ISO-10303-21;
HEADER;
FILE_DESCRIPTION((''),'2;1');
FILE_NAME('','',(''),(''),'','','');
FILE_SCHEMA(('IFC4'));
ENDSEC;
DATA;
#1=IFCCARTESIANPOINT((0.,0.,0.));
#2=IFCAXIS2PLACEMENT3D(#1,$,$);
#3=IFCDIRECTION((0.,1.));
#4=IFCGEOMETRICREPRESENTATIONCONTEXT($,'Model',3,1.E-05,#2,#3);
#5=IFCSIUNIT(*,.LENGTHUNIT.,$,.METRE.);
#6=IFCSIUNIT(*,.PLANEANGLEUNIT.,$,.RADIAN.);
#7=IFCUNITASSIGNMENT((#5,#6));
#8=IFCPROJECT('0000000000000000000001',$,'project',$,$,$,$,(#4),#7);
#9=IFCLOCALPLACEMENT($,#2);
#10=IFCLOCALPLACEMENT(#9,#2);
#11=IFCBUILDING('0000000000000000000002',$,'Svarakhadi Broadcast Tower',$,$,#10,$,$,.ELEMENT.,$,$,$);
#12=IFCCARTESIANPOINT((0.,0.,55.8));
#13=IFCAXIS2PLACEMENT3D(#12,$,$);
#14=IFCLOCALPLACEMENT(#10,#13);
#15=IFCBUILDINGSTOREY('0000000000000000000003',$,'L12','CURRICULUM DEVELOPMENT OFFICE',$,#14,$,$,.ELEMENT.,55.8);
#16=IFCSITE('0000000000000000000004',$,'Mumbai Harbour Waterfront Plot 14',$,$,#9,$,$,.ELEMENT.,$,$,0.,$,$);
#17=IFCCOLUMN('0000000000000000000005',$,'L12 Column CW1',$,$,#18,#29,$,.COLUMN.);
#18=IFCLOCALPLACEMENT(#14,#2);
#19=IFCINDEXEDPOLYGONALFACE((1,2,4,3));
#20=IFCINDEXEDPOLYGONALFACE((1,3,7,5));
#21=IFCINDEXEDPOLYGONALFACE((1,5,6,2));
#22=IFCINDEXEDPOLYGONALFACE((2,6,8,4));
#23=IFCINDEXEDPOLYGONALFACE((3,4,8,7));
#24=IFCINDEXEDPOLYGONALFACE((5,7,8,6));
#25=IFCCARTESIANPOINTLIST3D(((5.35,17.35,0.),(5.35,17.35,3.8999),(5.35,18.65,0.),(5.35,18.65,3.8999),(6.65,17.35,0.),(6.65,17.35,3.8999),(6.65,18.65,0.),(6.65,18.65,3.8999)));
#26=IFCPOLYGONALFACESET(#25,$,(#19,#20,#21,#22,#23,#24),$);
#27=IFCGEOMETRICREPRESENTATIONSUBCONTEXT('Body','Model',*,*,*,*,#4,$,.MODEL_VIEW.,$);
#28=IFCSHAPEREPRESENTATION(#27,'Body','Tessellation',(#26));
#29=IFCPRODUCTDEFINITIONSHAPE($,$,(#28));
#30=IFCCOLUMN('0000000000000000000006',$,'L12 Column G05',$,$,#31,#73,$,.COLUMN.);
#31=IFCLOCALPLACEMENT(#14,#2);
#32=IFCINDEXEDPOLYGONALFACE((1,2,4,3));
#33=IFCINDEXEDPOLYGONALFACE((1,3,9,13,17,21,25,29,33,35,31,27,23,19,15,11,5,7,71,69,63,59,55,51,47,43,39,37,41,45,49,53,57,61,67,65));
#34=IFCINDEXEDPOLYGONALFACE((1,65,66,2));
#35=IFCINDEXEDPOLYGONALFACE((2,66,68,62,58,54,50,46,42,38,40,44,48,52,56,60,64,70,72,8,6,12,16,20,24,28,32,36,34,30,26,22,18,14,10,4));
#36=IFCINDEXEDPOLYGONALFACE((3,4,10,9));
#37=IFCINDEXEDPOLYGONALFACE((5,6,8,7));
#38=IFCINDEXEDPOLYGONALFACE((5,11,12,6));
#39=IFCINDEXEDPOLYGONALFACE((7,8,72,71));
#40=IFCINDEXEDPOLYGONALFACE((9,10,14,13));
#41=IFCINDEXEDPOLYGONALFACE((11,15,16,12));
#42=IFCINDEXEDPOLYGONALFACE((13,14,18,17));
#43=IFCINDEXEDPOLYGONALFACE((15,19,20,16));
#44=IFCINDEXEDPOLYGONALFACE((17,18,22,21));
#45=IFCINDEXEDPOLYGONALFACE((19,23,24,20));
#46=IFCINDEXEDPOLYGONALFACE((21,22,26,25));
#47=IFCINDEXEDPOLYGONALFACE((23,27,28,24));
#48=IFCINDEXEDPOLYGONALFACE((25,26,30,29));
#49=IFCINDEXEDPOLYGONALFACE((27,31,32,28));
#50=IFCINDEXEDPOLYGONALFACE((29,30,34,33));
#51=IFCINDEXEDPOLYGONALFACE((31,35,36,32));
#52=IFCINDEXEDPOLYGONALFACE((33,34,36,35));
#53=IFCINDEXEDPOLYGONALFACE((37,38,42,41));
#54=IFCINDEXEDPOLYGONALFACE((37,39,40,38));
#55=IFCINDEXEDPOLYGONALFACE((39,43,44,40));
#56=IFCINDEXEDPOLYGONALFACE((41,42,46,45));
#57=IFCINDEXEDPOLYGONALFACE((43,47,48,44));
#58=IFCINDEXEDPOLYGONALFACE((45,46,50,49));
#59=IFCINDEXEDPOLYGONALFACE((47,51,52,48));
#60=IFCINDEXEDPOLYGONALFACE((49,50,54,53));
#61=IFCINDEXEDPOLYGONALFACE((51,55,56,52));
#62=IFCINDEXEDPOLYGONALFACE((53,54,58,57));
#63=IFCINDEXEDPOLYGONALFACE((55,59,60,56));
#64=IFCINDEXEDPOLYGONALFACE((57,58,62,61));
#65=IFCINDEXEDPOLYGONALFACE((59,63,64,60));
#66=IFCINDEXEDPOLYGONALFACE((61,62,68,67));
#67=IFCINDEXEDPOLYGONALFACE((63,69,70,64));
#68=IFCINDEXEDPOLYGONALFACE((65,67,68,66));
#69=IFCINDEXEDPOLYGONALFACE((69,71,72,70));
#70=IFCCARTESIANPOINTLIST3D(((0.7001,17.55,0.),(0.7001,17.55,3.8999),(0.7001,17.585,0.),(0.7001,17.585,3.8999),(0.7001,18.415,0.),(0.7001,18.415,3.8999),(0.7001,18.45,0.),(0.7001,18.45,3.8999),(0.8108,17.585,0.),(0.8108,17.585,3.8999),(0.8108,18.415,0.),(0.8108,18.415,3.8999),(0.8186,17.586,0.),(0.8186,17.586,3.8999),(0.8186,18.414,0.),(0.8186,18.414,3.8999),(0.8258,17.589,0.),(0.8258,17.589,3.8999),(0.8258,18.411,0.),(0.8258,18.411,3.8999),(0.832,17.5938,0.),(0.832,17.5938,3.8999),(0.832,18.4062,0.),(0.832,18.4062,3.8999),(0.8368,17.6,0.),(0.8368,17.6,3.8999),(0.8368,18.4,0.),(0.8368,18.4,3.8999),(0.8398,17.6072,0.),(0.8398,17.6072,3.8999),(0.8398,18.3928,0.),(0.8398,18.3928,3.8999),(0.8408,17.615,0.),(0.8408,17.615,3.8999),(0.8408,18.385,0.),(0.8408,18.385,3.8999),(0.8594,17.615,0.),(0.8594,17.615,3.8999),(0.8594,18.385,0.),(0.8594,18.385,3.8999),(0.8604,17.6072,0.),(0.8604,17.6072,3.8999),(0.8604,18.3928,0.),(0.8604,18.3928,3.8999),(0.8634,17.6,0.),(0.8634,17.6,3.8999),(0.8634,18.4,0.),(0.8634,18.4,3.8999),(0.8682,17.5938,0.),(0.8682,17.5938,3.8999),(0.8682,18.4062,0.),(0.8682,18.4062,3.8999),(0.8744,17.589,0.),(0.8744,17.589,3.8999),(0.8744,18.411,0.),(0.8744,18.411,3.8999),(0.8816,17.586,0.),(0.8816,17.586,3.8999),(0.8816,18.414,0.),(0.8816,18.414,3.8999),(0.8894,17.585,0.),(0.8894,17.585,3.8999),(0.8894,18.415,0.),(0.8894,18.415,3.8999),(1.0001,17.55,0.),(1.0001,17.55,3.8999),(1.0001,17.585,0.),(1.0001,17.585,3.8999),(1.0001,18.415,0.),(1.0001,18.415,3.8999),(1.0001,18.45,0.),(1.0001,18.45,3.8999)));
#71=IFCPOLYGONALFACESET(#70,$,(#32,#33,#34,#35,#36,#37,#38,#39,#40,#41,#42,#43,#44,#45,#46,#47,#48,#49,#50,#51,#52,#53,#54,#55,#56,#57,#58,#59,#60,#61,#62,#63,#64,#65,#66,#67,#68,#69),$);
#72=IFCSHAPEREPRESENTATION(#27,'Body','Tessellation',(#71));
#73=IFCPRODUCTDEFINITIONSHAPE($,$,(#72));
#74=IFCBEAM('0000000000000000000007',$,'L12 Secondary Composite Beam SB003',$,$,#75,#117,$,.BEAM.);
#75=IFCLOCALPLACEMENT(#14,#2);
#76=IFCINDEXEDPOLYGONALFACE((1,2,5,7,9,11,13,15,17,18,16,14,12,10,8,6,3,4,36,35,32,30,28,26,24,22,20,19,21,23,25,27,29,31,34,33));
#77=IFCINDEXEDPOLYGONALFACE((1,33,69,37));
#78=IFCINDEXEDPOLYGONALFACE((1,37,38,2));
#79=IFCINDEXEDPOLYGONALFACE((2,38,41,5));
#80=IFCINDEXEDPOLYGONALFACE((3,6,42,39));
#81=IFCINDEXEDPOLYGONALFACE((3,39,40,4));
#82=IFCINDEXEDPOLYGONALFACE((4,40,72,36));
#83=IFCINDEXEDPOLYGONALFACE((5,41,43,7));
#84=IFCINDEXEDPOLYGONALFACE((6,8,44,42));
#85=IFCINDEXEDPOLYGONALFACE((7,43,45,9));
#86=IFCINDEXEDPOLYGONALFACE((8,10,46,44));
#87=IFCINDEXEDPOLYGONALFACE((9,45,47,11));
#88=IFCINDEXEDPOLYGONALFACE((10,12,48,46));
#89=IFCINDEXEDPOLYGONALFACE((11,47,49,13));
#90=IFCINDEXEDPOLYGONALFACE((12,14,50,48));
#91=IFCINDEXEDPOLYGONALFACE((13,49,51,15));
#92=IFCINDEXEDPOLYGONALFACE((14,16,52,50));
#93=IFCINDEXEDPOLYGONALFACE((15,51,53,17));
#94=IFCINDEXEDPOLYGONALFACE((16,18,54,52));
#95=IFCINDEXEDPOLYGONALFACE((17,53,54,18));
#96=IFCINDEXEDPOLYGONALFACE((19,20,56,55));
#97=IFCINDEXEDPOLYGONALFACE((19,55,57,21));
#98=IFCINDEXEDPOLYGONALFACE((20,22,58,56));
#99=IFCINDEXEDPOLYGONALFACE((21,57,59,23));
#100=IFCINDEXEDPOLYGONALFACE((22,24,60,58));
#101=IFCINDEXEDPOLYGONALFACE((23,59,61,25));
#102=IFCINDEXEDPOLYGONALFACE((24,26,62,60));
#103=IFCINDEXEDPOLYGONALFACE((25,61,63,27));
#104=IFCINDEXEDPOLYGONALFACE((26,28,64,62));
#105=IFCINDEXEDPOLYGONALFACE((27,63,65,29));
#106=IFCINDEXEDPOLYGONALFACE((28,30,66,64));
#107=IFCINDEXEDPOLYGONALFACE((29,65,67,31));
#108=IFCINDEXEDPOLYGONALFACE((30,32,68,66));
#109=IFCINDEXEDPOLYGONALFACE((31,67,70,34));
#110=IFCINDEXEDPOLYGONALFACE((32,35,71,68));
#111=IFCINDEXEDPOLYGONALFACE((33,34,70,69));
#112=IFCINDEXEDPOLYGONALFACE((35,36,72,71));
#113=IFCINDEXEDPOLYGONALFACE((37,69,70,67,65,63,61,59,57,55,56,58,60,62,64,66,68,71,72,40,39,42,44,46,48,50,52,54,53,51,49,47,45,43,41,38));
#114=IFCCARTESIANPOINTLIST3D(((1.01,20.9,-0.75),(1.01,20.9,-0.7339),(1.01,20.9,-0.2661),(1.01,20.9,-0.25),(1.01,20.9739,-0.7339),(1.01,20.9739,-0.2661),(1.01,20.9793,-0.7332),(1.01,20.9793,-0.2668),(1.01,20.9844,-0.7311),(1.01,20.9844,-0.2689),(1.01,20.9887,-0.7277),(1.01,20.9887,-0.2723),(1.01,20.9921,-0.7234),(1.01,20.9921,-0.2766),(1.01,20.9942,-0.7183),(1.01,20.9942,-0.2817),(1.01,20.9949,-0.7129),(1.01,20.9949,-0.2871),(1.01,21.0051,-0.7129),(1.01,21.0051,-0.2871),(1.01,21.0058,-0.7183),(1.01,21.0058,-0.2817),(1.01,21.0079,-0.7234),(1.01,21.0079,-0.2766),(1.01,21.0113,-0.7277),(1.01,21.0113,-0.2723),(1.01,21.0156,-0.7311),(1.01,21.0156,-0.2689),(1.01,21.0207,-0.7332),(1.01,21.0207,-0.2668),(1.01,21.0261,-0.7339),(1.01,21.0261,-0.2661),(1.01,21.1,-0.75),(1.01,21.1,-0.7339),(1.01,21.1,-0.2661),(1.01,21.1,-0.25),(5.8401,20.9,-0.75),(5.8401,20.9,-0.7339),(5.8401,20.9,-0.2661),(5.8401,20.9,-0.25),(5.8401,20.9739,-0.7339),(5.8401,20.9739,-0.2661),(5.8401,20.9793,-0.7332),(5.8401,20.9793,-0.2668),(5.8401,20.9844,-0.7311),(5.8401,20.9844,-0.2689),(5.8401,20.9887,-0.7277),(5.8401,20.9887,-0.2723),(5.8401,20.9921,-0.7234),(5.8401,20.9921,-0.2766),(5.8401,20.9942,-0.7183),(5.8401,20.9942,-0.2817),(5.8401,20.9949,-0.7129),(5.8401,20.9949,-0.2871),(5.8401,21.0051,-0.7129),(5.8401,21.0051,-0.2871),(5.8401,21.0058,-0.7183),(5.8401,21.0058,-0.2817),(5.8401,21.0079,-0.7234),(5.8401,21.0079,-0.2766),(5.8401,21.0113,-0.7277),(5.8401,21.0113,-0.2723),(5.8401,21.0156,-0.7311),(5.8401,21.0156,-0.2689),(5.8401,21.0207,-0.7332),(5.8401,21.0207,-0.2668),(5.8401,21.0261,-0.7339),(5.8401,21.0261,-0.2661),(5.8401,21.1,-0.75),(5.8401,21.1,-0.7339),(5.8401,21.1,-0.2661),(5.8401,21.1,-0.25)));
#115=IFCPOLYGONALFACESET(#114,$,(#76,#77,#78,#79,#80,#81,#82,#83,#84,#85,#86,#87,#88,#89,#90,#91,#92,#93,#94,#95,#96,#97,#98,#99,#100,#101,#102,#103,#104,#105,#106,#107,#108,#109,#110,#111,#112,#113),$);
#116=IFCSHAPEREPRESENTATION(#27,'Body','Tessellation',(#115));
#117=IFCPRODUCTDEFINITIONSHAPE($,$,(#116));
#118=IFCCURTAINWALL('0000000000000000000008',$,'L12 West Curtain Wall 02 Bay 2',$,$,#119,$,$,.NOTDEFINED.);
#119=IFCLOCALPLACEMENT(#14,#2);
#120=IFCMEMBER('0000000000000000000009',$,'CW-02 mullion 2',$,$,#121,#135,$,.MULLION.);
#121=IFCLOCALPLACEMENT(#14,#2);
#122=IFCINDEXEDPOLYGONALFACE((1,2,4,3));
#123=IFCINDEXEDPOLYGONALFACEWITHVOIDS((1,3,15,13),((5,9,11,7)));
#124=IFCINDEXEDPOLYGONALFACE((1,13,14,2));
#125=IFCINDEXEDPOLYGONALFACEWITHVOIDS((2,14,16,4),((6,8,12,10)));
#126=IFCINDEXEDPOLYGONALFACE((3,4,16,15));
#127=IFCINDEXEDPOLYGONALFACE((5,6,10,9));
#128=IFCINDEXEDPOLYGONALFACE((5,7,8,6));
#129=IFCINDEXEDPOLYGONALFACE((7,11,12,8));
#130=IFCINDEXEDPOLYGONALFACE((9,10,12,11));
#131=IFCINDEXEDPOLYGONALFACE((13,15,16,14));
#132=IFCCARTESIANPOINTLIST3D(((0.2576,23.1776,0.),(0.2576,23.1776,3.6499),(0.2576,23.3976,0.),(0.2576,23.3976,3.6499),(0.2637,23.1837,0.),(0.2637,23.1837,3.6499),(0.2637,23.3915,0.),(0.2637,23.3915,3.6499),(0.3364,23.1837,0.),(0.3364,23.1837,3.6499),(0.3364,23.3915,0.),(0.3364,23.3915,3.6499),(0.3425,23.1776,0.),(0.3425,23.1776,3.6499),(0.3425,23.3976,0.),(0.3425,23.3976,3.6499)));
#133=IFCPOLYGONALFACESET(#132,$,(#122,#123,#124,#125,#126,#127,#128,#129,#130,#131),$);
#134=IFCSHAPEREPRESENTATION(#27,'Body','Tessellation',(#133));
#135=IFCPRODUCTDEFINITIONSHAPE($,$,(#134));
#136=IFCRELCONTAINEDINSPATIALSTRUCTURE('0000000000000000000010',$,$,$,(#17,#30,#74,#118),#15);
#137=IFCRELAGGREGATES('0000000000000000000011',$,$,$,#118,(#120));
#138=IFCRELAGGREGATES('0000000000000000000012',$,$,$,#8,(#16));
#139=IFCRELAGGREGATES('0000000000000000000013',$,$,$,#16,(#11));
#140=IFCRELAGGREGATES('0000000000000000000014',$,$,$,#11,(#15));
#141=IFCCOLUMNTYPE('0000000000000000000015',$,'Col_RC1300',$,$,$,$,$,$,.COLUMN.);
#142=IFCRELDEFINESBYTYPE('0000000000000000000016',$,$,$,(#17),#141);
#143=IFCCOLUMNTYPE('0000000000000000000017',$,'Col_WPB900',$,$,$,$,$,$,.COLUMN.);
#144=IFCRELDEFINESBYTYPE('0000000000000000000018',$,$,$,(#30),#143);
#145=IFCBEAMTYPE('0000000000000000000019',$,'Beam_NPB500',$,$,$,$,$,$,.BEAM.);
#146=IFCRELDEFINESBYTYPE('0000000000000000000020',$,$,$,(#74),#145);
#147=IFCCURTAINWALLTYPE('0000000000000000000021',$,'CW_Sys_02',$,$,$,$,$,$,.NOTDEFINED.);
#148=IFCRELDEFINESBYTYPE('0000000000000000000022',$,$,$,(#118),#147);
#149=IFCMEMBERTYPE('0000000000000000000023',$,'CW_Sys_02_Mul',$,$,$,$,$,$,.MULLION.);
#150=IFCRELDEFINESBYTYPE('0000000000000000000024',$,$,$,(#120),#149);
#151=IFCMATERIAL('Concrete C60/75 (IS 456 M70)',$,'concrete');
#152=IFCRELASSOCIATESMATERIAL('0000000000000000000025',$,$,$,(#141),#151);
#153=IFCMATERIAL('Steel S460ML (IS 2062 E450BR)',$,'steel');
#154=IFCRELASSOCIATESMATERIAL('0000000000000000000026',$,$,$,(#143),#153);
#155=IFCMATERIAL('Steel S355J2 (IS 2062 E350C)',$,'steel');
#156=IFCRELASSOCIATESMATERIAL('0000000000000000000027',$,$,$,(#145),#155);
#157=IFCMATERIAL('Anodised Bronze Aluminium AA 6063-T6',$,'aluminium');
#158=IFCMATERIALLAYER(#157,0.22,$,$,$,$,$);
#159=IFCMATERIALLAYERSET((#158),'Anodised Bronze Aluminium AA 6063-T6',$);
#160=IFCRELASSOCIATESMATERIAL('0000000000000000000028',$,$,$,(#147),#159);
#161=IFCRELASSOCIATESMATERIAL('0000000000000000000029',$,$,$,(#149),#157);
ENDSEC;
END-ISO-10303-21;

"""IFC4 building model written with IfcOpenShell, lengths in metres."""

from ifc_helpers import new_model, si_unit, direction, frame, origin, origin_2d, place, context, subcontext, project, spatial, rectangle, hollow_rectangle, i_section, extrude, material, layer, layer_set, material_profile, profile_set, type_object, element, aggregate, save


model = new_model("IFC4")

# Units and contexts
model_context = context("Model", 3, precision=1e-05, world=origin(), true_north=direction((0.0, 1.0)))
body_context = subcontext(model_context, "Body", "Model", "MODEL_VIEW")
ifc_project = project(units=[si_unit("LENGTHUNIT", "METRE"), si_unit("PLANEANGLEUNIT", "RADIAN")], contexts=[model_context])

# Site, building, storey
site_placement = place(None, origin())
site = spatial("IfcSite", under=ifc_project, at=site_placement, Name="Mumbai Harbour Waterfront Plot 14", CompositionType="ELEMENT", RefElevation=0.0)
building_placement = place(site_placement, origin())
building = spatial("IfcBuilding", under=site, at=building_placement, Name="Svarakhadi Broadcast Tower", CompositionType="ELEMENT")
storey_placement = place(building_placement, frame((0.0, 0.0, 55.8)))
storey = spatial("IfcBuildingStorey", under=building, at=storey_placement, Name="L12", Description="CURRICULUM DEVELOPMENT OFFICE", CompositionType="ELEMENT", Elevation=55.8)

# Columns
ifc_material_1 = material(Name="Concrete C60/75 (IS 456 M70)", Category="concrete")
ifc_material_profile_1 = material_profile(ifc_material_1, rectangle(XDim=1.3, YDim=1.3, at=origin_2d()), Name="RC 1300x1300")
ifc_profile_set_1 = profile_set([ifc_material_profile_1], Name="Concrete C60/75 (IS 456 M70)")
column_type_1 = type_object("IfcColumnType", Name="Col_RC1300", PredefinedType="COLUMN", material=ifc_profile_set_1)
column_1_placement = place(storey_placement, frame((6.0, 18.0, 0.0), z_axis=(0.0, 0.0, 1.0), x_axis=(1.0, 0.0, 0.0)))
element("IfcColumn", 1, at=column_1_placement, inside=storey, type_object=column_type_1, Name="L12 Column CW1", PredefinedType="COLUMN", context=body_context, shape_type="SweptSolid", body=[
    extrude(rectangle(XDim=1.3, YDim=1.3, at=origin_2d()), origin(), (0.0, 0.0, 1.0), 3.8999),
])
ifc_material_2 = material(Name="Steel S460ML (IS 2062 E450BR)", Category="steel")
ifc_material_profile_2 = material_profile(ifc_material_2, i_section(OverallWidth=0.3, OverallDepth=0.8999, WebThickness=0.0186, FlangeThickness=0.0349, FilletRadius=0.03, at=origin_2d()), Name="WPB 900x300x291")
ifc_profile_set_2 = profile_set([ifc_material_profile_2], Name="Steel S460ML (IS 2062 E450BR)")
column_type_2 = type_object("IfcColumnType", Name="Col_WPB900", PredefinedType="COLUMN", material=ifc_profile_set_2)
column_2_placement = place(storey_placement, frame((0.8501, 18.0, 0.0), z_axis=(0.0, 0.0, 1.0), x_axis=(1.0, 0.0, 0.0)))
element("IfcColumn", 2, at=column_2_placement, inside=storey, type_object=column_type_2, Name="L12 Column G05", PredefinedType="COLUMN", context=body_context, shape_type="SweptSolid", body=[
    extrude(i_section(OverallWidth=0.3, OverallDepth=0.8999, WebThickness=0.0186, FlangeThickness=0.0349, FilletRadius=0.03, at=origin_2d()), origin(), (0.0, 0.0, 1.0), 3.8999),
])

# Beam
ifc_material_3 = material(Name="Steel S355J2 (IS 2062 E350C)", Category="steel")
ifc_material_profile_3 = material_profile(ifc_material_3, i_section(OverallWidth=0.2, OverallDepth=0.5, WebThickness=0.0103, FlangeThickness=0.0161, FilletRadius=0.021, at=origin_2d()), Name="NPB 500x200x91")
ifc_profile_set_3 = profile_set([ifc_material_profile_3], Name="Steel S355J2 (IS 2062 E350C)")
beam_type_1 = type_object("IfcBeamType", Name="Beam_NPB500", PredefinedType="BEAM", material=ifc_profile_set_3)
beam_1_placement = place(storey_placement, frame((1.01, 21.0, -0.5), z_axis=(1.0, 0.0, 0.0), x_axis=(0.0, 1.0, 0.0)))
element("IfcBeam", 3, at=beam_1_placement, inside=storey, type_object=beam_type_1, Name="L12 Secondary Composite Beam SB003", PredefinedType="BEAM", context=body_context, shape_type="SweptSolid", body=[
    extrude(i_section(OverallWidth=0.2, OverallDepth=0.5, WebThickness=0.0103, FlangeThickness=0.0161, FilletRadius=0.021, at=origin_2d()), origin(), (0.0, 0.0, 1.0), 4.8301),
])

# Curtain wall, member
ifc_material_4 = material(Name="Anodised Bronze Aluminium AA 6063-T6", Category="aluminium")
ifc_layer_1 = layer(ifc_material_4, 0.22)
ifc_layer_set_1 = layer_set([ifc_layer_1], Name="Anodised Bronze Aluminium AA 6063-T6")
curtain_wall_type = type_object("IfcCurtainWallType", Name="CW_Sys_02", PredefinedType="NOTDEFINED", material=ifc_layer_set_1)
curtain_wall_placement = place(storey_placement, origin())
curtain_wall = element("IfcCurtainWall", 4, at=curtain_wall_placement, inside=storey, type_object=curtain_wall_type, Name="L12 West Curtain Wall 02 Bay 2", PredefinedType="NOTDEFINED")
ifc_material_profile_4 = material_profile(ifc_material_4, hollow_rectangle(XDim=0.085, YDim=0.22, WallThickness=0.0061, at=origin_2d()), Name="ALU MULLION 220x85x6")
ifc_profile_set_4 = profile_set([ifc_material_profile_4], Name="Anodised Bronze Aluminium AA 6063-T6")
member_type_1 = type_object("IfcMemberType", Name="CW_Sys_02_Mul", PredefinedType="MULLION", material=ifc_profile_set_4)
member_1_placement = place(storey_placement, frame((0.3, 23.2876, 0.0), z_axis=(0.0, 0.0, 1.0), x_axis=(-1.0, 0.0, 0.0)))
member_1 = element("IfcMember", 5, at=member_1_placement, type_object=member_type_1, Name="CW-02 mullion 2", PredefinedType="MULLION", context=body_context, shape_type="SweptSolid", body=[
    extrude(hollow_rectangle(XDim=0.085, YDim=0.22, WallThickness=0.0061, at=origin_2d()), origin(), (0.0, 0.0, 1.0), 3.6499),
])

aggregate(curtain_wall, [member_1])

save(model, "model.ifc")
